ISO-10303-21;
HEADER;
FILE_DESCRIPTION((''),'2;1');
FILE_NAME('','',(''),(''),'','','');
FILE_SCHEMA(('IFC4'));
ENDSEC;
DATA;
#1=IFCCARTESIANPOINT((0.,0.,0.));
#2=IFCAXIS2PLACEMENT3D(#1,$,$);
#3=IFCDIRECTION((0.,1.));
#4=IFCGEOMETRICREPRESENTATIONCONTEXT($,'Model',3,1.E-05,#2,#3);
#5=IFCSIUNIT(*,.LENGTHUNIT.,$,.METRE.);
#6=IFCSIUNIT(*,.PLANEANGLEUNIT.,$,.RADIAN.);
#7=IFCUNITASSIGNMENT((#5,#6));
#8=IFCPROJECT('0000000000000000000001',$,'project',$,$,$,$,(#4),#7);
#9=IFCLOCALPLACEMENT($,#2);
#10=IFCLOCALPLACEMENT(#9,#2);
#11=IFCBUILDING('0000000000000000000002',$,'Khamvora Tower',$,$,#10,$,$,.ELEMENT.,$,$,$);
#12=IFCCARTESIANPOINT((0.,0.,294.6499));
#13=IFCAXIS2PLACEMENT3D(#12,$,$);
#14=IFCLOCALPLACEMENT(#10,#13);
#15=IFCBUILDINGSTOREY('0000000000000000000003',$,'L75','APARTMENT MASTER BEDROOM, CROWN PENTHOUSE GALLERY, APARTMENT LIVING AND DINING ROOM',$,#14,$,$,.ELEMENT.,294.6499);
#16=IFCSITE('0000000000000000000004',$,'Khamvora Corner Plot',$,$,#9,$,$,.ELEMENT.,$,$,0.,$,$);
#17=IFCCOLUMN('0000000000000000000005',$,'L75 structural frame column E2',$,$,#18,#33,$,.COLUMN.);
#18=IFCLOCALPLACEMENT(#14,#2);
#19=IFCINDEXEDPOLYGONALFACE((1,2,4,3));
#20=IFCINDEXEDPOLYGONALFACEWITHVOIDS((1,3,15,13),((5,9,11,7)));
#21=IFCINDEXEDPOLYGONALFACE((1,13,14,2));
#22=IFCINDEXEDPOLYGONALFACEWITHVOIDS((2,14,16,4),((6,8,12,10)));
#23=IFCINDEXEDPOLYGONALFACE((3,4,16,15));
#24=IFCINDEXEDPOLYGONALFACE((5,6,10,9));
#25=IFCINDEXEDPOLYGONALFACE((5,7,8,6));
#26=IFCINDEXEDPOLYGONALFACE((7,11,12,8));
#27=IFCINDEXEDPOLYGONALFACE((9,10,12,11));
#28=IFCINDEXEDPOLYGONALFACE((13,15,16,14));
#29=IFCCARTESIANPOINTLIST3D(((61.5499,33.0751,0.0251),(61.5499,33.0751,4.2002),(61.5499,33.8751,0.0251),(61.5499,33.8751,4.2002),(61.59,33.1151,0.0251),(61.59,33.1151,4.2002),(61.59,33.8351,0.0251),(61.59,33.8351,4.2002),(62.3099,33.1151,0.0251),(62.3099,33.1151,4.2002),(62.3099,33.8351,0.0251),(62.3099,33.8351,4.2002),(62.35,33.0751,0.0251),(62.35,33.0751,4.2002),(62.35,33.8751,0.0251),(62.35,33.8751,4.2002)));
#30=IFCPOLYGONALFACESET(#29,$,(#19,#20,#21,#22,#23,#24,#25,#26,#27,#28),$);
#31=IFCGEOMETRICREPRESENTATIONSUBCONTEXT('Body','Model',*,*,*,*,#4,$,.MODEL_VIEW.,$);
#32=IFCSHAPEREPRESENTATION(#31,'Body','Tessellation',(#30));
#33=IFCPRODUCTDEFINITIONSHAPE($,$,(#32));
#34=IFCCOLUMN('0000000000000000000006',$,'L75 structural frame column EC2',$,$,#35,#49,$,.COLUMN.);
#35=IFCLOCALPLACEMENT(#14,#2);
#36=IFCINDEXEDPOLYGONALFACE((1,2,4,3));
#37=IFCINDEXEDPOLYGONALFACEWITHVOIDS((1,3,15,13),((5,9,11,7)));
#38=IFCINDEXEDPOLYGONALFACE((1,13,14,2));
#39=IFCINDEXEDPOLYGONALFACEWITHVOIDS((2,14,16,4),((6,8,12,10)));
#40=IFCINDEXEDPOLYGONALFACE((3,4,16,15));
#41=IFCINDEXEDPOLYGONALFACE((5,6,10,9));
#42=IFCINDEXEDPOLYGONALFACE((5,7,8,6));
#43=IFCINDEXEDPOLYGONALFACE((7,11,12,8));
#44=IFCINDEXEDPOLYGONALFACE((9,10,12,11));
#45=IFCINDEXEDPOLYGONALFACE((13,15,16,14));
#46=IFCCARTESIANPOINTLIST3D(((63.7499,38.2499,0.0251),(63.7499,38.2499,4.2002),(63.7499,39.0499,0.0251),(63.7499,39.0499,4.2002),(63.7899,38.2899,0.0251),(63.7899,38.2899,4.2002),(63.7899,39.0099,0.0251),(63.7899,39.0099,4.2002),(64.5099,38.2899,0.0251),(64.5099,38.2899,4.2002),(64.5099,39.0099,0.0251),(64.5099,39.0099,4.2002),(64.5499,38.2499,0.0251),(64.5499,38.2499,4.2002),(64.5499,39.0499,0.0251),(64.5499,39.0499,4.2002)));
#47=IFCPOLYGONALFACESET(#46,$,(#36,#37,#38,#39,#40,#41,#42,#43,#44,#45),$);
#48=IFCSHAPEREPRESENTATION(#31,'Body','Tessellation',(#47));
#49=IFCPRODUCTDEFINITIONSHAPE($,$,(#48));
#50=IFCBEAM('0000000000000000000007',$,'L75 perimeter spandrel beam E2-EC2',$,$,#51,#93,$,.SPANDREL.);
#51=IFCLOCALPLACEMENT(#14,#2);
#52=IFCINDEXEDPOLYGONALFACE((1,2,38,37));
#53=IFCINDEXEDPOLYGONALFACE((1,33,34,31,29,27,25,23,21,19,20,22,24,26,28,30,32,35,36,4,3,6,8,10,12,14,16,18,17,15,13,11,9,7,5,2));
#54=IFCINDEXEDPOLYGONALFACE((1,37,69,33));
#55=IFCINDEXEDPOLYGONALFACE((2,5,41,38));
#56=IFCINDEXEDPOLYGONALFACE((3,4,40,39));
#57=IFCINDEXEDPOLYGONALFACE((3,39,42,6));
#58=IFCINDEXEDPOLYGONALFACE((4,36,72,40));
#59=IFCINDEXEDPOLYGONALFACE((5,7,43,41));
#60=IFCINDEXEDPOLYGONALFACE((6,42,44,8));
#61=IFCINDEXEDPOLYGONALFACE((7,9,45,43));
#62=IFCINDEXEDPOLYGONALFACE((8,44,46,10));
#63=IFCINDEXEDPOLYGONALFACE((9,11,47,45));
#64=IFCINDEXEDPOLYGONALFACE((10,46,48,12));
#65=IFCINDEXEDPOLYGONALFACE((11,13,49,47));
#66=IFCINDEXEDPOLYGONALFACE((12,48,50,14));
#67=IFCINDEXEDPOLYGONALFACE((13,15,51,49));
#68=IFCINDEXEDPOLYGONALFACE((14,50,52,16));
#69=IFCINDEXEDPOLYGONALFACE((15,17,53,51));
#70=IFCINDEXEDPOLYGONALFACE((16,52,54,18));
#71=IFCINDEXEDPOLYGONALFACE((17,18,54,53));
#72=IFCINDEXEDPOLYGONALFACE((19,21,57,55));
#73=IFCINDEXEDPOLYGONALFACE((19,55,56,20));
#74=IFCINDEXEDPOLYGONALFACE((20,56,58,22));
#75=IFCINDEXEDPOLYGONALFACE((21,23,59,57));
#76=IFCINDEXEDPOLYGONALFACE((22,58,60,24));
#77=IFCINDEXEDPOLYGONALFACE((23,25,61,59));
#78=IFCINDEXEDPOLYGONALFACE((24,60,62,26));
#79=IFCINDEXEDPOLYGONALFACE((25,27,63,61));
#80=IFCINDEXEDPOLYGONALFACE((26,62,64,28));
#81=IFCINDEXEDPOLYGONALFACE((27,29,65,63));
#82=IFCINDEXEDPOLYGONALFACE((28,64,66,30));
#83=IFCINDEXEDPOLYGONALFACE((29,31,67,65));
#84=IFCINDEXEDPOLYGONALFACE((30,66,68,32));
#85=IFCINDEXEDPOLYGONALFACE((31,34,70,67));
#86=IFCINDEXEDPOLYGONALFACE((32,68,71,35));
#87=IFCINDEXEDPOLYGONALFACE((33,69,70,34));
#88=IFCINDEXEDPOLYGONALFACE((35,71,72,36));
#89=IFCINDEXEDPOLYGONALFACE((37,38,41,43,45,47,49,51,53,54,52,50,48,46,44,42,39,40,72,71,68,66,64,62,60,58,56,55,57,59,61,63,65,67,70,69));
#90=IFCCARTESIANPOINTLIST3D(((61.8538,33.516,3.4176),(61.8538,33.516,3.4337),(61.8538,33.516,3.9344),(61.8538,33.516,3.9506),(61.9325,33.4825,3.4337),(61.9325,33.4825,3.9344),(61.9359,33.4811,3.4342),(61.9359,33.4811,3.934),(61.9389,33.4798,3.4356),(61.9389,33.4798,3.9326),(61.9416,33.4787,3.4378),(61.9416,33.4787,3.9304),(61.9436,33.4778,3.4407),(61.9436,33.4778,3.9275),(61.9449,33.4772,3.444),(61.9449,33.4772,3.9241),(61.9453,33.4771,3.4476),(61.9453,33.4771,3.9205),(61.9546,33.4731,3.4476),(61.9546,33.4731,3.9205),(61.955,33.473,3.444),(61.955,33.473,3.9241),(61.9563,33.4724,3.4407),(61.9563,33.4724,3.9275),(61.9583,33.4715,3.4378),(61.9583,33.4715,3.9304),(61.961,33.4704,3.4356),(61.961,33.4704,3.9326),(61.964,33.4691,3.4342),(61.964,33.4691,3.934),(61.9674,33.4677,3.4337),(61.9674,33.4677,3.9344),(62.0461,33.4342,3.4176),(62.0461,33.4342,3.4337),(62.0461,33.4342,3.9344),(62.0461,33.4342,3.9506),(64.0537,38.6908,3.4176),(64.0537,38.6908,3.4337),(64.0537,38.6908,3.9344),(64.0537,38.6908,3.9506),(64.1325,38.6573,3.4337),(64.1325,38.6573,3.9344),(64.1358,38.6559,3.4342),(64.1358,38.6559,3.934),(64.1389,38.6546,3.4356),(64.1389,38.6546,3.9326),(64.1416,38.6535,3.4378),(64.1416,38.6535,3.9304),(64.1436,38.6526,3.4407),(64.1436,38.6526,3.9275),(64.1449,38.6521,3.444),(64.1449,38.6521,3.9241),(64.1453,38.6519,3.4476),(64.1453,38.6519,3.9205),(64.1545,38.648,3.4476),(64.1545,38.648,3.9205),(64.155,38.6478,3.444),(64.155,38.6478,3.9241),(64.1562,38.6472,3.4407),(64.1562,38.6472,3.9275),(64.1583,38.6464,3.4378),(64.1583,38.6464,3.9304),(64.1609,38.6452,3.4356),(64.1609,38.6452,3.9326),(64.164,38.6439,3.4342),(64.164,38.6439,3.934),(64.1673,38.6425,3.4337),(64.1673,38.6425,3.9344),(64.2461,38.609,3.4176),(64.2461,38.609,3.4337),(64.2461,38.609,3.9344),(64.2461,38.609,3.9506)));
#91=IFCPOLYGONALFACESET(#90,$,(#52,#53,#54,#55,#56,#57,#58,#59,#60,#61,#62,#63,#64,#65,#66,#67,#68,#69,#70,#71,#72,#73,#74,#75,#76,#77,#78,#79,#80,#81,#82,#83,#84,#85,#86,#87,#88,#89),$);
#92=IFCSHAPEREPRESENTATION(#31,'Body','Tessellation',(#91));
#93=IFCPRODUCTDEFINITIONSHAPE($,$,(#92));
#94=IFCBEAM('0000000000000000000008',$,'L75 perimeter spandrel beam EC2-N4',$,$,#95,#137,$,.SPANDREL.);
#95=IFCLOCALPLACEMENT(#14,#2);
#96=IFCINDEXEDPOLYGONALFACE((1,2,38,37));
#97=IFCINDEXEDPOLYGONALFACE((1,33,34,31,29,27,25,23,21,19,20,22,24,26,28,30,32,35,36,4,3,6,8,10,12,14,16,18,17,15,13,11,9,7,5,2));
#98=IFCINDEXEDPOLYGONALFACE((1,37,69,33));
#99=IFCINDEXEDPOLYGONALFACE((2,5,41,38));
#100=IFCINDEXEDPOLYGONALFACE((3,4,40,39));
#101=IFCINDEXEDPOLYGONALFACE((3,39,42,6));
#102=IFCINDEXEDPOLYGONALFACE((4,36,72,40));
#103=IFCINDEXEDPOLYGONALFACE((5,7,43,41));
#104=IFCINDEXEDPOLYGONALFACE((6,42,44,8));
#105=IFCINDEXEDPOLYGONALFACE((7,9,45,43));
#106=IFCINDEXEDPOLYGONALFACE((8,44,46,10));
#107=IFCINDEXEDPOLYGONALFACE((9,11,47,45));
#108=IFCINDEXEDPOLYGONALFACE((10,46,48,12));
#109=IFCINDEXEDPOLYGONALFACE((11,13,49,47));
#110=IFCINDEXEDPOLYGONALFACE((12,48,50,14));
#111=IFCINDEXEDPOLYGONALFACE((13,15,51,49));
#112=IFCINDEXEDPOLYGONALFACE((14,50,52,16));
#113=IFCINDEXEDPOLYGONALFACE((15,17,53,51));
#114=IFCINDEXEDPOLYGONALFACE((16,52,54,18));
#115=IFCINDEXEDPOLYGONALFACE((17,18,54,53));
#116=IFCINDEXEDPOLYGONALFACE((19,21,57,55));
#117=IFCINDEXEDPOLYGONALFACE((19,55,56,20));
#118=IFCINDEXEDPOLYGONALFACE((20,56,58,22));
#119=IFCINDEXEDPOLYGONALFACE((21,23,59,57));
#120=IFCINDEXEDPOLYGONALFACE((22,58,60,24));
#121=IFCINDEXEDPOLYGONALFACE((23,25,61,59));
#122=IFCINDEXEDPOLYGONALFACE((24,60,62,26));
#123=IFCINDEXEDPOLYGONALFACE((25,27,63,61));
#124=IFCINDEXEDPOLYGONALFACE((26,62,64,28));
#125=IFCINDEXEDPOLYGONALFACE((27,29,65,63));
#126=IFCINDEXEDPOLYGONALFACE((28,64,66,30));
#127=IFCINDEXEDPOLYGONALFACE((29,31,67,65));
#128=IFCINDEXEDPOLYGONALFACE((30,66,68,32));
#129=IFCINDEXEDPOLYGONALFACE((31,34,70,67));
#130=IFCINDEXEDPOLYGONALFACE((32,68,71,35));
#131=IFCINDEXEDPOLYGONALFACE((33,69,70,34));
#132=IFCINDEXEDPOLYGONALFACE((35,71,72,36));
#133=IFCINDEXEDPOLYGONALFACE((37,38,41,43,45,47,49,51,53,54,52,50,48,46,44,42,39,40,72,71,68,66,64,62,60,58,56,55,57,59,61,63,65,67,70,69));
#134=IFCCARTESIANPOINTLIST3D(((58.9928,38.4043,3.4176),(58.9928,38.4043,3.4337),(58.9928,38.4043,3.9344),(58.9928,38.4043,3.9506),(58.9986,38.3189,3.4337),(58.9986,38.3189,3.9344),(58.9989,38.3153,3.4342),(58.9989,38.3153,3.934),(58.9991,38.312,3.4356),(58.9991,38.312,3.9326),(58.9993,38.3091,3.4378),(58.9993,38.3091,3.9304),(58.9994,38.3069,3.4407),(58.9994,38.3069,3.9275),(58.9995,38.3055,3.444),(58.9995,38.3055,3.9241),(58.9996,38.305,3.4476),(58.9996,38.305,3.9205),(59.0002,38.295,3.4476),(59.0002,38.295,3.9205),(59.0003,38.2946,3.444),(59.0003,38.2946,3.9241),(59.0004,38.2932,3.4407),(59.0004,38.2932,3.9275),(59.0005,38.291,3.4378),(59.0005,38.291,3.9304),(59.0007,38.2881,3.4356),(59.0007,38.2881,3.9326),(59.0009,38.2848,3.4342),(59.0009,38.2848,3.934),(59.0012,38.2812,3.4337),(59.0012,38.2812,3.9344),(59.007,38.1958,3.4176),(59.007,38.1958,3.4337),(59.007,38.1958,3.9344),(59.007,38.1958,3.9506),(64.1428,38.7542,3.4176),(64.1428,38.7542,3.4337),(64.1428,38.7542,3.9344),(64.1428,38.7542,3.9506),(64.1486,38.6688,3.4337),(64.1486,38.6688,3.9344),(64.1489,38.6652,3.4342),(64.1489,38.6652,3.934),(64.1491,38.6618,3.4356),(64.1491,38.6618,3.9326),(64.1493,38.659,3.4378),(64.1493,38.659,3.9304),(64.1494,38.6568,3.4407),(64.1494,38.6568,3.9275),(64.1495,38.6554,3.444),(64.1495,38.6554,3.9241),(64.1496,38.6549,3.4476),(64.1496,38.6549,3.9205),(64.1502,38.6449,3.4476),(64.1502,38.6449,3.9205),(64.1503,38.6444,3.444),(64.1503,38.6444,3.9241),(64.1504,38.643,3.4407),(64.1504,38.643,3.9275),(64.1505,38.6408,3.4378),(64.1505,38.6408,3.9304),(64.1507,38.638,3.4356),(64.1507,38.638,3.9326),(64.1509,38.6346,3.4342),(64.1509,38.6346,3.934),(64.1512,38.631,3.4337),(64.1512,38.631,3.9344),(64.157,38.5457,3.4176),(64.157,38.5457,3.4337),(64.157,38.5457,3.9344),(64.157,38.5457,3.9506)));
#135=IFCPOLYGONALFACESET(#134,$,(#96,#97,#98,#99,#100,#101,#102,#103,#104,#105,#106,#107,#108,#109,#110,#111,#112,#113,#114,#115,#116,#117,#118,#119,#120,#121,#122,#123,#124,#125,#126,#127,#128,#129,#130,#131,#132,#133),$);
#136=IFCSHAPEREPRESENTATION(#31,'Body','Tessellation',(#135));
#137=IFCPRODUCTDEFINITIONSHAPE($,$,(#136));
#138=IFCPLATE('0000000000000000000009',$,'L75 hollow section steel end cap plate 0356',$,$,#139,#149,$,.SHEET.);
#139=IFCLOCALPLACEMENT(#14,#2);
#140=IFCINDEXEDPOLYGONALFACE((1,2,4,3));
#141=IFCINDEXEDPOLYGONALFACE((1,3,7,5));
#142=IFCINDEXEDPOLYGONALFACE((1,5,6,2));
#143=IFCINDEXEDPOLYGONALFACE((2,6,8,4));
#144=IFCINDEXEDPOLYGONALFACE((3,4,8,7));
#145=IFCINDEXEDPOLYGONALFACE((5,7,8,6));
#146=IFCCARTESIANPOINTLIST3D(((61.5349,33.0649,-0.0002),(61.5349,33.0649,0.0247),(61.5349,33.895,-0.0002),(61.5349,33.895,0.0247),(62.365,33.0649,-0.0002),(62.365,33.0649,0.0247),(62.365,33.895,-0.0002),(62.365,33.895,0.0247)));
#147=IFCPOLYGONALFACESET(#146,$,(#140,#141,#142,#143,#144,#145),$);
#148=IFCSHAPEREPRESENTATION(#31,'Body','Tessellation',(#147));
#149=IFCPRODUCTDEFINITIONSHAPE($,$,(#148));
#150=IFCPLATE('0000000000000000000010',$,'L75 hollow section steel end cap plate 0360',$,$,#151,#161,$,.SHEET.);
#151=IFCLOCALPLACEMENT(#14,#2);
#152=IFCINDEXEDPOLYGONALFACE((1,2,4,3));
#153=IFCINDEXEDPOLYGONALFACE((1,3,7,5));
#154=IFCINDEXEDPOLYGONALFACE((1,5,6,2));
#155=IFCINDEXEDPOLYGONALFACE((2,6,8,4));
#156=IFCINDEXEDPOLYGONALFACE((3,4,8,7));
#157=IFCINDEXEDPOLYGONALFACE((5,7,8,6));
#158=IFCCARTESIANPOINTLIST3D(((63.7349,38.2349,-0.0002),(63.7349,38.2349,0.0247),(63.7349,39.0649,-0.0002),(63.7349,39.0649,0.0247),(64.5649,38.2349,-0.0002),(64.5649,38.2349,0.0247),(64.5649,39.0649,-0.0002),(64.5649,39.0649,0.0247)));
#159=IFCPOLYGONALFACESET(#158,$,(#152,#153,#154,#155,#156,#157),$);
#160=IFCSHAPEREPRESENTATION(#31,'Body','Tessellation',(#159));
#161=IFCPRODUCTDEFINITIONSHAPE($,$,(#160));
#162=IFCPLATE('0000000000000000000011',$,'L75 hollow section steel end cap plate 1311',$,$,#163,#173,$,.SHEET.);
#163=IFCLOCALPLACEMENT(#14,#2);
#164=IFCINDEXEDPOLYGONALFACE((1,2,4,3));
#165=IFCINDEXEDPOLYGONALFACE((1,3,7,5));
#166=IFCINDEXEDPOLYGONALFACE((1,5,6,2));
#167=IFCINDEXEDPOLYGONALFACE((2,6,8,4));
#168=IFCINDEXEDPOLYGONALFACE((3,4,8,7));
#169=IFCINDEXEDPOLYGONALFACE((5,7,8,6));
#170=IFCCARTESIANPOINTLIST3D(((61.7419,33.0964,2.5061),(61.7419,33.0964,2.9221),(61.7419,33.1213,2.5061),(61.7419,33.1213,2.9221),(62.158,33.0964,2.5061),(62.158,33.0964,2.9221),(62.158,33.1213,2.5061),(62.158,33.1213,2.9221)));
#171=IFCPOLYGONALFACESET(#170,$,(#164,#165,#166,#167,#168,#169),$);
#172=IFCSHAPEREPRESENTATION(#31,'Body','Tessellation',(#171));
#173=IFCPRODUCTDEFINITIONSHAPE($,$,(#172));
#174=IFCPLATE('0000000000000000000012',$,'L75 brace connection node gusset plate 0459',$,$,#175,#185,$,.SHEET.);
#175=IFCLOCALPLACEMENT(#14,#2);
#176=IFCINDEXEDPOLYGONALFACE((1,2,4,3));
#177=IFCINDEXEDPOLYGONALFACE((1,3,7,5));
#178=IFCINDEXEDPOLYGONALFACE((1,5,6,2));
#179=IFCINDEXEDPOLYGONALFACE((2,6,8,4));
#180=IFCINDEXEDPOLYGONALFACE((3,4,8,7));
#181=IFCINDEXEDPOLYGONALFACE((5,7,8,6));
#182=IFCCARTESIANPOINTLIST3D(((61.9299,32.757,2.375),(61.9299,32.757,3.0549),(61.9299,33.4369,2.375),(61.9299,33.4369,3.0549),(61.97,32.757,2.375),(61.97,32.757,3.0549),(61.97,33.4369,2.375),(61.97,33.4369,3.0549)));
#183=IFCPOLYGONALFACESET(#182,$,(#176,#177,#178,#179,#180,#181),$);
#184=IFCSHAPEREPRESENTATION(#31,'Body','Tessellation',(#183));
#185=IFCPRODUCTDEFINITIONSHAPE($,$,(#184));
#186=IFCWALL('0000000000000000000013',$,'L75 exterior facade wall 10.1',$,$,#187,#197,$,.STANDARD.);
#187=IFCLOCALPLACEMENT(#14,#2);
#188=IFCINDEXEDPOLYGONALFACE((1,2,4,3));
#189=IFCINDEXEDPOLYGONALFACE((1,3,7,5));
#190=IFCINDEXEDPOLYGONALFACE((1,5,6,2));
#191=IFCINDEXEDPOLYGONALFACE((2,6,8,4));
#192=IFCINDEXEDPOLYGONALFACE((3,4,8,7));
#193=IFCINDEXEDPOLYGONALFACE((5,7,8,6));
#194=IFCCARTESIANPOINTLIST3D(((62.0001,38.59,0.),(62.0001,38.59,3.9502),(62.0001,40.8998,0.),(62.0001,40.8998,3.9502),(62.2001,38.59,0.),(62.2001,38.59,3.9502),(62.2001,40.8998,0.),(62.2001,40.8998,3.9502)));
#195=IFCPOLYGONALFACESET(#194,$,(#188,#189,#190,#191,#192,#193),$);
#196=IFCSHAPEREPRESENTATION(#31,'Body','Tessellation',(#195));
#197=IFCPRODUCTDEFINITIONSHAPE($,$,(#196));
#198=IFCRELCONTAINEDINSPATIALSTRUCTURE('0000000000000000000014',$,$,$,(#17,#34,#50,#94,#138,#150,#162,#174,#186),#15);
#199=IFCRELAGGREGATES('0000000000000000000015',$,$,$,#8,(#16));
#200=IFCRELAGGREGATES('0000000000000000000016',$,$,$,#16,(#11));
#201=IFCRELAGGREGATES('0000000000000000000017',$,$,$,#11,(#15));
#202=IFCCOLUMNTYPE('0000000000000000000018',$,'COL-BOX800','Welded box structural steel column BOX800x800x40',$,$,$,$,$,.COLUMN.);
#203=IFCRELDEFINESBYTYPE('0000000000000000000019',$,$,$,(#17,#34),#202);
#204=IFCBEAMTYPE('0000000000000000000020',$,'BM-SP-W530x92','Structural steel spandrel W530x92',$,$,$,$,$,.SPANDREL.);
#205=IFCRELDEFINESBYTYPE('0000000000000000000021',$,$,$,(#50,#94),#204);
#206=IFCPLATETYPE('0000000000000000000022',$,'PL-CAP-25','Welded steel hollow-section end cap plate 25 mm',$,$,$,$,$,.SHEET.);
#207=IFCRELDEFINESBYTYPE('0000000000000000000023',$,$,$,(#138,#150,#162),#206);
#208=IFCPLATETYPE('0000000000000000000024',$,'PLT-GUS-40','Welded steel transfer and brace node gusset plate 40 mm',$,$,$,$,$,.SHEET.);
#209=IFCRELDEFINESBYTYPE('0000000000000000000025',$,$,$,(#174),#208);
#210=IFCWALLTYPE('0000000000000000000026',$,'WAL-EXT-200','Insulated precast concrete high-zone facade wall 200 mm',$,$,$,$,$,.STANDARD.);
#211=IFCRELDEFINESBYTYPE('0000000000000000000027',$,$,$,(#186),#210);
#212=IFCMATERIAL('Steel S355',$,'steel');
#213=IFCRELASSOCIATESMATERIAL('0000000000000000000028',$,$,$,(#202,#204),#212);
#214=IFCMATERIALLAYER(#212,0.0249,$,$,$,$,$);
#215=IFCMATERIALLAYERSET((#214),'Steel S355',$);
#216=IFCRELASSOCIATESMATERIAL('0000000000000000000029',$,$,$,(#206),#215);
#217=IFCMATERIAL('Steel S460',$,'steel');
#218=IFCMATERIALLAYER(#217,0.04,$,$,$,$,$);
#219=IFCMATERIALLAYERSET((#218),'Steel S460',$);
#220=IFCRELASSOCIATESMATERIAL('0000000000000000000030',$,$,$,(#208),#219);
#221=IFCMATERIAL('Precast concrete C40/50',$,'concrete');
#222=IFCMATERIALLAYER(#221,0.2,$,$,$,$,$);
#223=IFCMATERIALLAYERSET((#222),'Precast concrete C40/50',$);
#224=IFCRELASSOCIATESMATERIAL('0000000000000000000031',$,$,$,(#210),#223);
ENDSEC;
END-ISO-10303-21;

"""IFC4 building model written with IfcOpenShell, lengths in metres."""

from ifc_helpers import new_model, si_unit, direction, frame, frame_2d, origin, origin_2d, place, context, subcontext, project, spatial, rectangle, hollow_rectangle, i_section, extrude, material, layer, layer_set, material_profile, profile_set, type_object, element, save


model = new_model("IFC4")

# Units and contexts
model_context = context("Model", 3, precision=1e-05, world=origin(), true_north=direction((0.0, 1.0)))
body_context = subcontext(model_context, "Body", "Model", "MODEL_VIEW")
ifc_project = project(units=[si_unit("LENGTHUNIT", "METRE"), si_unit("PLANEANGLEUNIT", "RADIAN")], contexts=[model_context])

# Site, building, storey
site_placement = place(None, origin())
site = spatial("IfcSite", under=ifc_project, at=site_placement, Name="Khamvora Corner Plot", CompositionType="ELEMENT", RefElevation=0.0)
building_placement = place(site_placement, origin())
building = spatial("IfcBuilding", under=site, at=building_placement, Name="Khamvora Tower", CompositionType="ELEMENT")
storey_placement = place(building_placement, frame((0.0, 0.0, 294.6499)))
storey = spatial("IfcBuildingStorey", under=building, at=storey_placement, Name="L75", Description="APARTMENT MASTER BEDROOM, CROWN PENTHOUSE GALLERY, APARTMENT LIVING AND DINING ROOM", CompositionType="ELEMENT", Elevation=294.6499)

# Columns
ifc_material_1 = material(Name="Steel S355", Category="steel")
ifc_material_profile_1 = material_profile(ifc_material_1, hollow_rectangle(XDim=0.8, YDim=0.8, WallThickness=0.04, at=origin_2d()), Name="BOX800x800x40")
ifc_profile_set_1 = profile_set([ifc_material_profile_1], Name="Steel S355")
column_type = type_object("IfcColumnType", Name="COL-BOX800", Description="Welded box structural steel column BOX800x800x40", PredefinedType="COLUMN", material=ifc_profile_set_1)
for number, where, z_axis, x_axis, name in (
    (1, (61.95, 33.4751, 0.0251), (0.0, 0.0, 1.0), (1.0, 0.0, 0.0), "L75 structural frame column E2"),
    (2, (64.1499, 38.6499, 0.0251), (0.0, 0.0, 1.0), (1.0, 0.0, 0.0), "L75 structural frame column EC2"),
):
    element("IfcColumn", number, at=place(storey_placement, frame(where, z_axis=z_axis, x_axis=x_axis)), inside=storey, type_object=column_type, Name=name, PredefinedType="COLUMN", context=body_context, shape_type="SweptSolid", body=[
        extrude(hollow_rectangle(XDim=0.8, YDim=0.8, WallThickness=0.04, at=origin_2d()), origin(), (0.0, 0.0, 1.0), 4.175),
    ])

# Beams
ifc_material_profile_2 = material_profile(ifc_material_1, i_section(OverallWidth=0.209, OverallDepth=0.533, WebThickness=0.01, FlangeThickness=0.0161, FilletRadius=0.0139, at=origin_2d()), Name="W530x92")
ifc_profile_set_2 = profile_set([ifc_material_profile_2], Name="Steel S355")
beam_type = type_object("IfcBeamType", Name="BM-SP-W530x92", Description="Structural steel spandrel W530x92", PredefinedType="SPANDREL", material=ifc_profile_set_2)
beam_1_placement = place(storey_placement, frame((61.95, 33.4751, 3.6841), z_axis=(0.39124, 0.920289, 0.0), x_axis=(-0.920289, 0.39124, 0.0)))
element("IfcBeam", 3, at=beam_1_placement, inside=storey, type_object=beam_type, Name="L75 perimeter spandrel beam E2-EC2", PredefinedType="SPANDREL", context=body_context, shape_type="SweptSolid", body=[
    extrude(i_section(OverallWidth=0.209, OverallDepth=0.533, WebThickness=0.01, FlangeThickness=0.0161, FilletRadius=0.0139, at=origin_2d()), origin(), (0.0, 0.0, 1.0), 5.623),
])
beam_2_placement = place(storey_placement, frame((64.1499, 38.6499, 3.6841), z_axis=(-0.9977, -0.067778, 0.0), x_axis=(0.067778, -0.9977, 0.0)))
element("IfcBeam", 4, at=beam_2_placement, inside=storey, type_object=beam_type, Name="L75 perimeter spandrel beam EC2-N4", PredefinedType="SPANDREL", context=body_context, shape_type="SweptSolid", body=[
    extrude(i_section(OverallWidth=0.209, OverallDepth=0.533, WebThickness=0.01, FlangeThickness=0.0161, FilletRadius=0.0139, at=origin_2d()), origin(), (0.0, 0.0, 1.0), 5.1619),
])

# Plates
ifc_layer_1 = layer(ifc_material_1, 0.0249)
ifc_layer_set_1 = layer_set([ifc_layer_1], Name="Steel S355")
plate_type_1 = type_object("IfcPlateType", Name="PL-CAP-25", Description="Welded steel hollow-section end cap plate 25 mm", PredefinedType="SHEET", material=ifc_layer_set_1)
for number, where, z_axis, x_axis, name in (
    (5, (61.95, 33.48, -0.0002), (0.0, 0.0, 1.0), (1.0, 0.0, 0.0), "L75 hollow section steel end cap plate 0356"),
    (6, (64.1499, 38.6499, -0.0002), (0.0, 0.0, 1.0), (1.0, 0.0, 0.0), "L75 hollow section steel end cap plate 0360"),
):
    element("IfcPlate", number, at=place(storey_placement, frame(where, z_axis=z_axis, x_axis=x_axis)), inside=storey, type_object=plate_type_1, Name=name, PredefinedType="SHEET", context=body_context, shape_type="SweptSolid", body=[
        extrude(rectangle(XDim=0.8301, YDim=0.8301, at=origin_2d()), origin(), (0.0, 0.0, 1.0), 0.0249),
    ])
plate_1_placement = place(storey_placement, frame((61.95, 33.1089, 2.5061), z_axis=(0.0, 0.0, 1.0), x_axis=(0.0, -1.0, 0.0)))
element("IfcPlate", 7, at=plate_1_placement, inside=storey, type_object=plate_type_1, Name="L75 hollow section steel end cap plate 1311", PredefinedType="SHEET", context=body_context, shape_type="SweptSolid", body=[
    extrude(rectangle(XDim=0.0249, YDim=0.416, at=origin_2d()), origin(), (0.0, 0.0, 1.0), 0.416),
])
ifc_material_2 = material(Name="Steel S460", Category="steel")
ifc_layer_2 = layer(ifc_material_2, 0.04)
ifc_layer_set_2 = layer_set([ifc_layer_2], Name="Steel S460")
plate_type_2 = type_object("IfcPlateType", Name="PLT-GUS-40", Description="Welded steel transfer and brace node gusset plate 40 mm", PredefinedType="SHEET", material=ifc_layer_set_2)
plate_2_placement = place(storey_placement, frame((61.95, 33.0969, 2.375), z_axis=(0.0, 0.0, 1.0), x_axis=(0.0, 1.0, 0.0)))
element("IfcPlate", 8, at=plate_2_placement, inside=storey, type_object=plate_type_2, Name="L75 brace connection node gusset plate 0459", PredefinedType="SHEET", context=body_context, shape_type="SweptSolid", body=[
    extrude(rectangle(XDim=0.6799, YDim=0.04, at=origin_2d()), origin(), (0.0, 0.0, 1.0), 0.6799),
])

# Wall
ifc_material_3 = material(Name="Precast concrete C40/50", Category="concrete")
ifc_layer_3 = layer(ifc_material_3, 0.2)
ifc_layer_set_3 = layer_set([ifc_layer_3], Name="Precast concrete C40/50")
wall_type_1 = type_object("IfcWallType", Name="WAL-EXT-200", Description="Insulated precast concrete high-zone facade wall 200 mm", PredefinedType="STANDARD", material=ifc_layer_set_3)
wall_1_placement = place(storey_placement, frame((62.1001, 38.5901, 0.0), z_axis=(0.0, 0.0, 1.0), x_axis=(0.0, 1.0, 0.0)))
element("IfcWall", 9, at=wall_1_placement, inside=storey, type_object=wall_type_1, Name="L75 exterior facade wall 10.1", PredefinedType="STANDARD", context=body_context, shape_type="SweptSolid", body=[
    extrude(rectangle(XDim=2.3098, YDim=0.2, at=frame_2d((1.1548, 0.0))), origin(), (0.0, 0.0, 1.0), 3.9502),
])

save(model, "model.ifc")
